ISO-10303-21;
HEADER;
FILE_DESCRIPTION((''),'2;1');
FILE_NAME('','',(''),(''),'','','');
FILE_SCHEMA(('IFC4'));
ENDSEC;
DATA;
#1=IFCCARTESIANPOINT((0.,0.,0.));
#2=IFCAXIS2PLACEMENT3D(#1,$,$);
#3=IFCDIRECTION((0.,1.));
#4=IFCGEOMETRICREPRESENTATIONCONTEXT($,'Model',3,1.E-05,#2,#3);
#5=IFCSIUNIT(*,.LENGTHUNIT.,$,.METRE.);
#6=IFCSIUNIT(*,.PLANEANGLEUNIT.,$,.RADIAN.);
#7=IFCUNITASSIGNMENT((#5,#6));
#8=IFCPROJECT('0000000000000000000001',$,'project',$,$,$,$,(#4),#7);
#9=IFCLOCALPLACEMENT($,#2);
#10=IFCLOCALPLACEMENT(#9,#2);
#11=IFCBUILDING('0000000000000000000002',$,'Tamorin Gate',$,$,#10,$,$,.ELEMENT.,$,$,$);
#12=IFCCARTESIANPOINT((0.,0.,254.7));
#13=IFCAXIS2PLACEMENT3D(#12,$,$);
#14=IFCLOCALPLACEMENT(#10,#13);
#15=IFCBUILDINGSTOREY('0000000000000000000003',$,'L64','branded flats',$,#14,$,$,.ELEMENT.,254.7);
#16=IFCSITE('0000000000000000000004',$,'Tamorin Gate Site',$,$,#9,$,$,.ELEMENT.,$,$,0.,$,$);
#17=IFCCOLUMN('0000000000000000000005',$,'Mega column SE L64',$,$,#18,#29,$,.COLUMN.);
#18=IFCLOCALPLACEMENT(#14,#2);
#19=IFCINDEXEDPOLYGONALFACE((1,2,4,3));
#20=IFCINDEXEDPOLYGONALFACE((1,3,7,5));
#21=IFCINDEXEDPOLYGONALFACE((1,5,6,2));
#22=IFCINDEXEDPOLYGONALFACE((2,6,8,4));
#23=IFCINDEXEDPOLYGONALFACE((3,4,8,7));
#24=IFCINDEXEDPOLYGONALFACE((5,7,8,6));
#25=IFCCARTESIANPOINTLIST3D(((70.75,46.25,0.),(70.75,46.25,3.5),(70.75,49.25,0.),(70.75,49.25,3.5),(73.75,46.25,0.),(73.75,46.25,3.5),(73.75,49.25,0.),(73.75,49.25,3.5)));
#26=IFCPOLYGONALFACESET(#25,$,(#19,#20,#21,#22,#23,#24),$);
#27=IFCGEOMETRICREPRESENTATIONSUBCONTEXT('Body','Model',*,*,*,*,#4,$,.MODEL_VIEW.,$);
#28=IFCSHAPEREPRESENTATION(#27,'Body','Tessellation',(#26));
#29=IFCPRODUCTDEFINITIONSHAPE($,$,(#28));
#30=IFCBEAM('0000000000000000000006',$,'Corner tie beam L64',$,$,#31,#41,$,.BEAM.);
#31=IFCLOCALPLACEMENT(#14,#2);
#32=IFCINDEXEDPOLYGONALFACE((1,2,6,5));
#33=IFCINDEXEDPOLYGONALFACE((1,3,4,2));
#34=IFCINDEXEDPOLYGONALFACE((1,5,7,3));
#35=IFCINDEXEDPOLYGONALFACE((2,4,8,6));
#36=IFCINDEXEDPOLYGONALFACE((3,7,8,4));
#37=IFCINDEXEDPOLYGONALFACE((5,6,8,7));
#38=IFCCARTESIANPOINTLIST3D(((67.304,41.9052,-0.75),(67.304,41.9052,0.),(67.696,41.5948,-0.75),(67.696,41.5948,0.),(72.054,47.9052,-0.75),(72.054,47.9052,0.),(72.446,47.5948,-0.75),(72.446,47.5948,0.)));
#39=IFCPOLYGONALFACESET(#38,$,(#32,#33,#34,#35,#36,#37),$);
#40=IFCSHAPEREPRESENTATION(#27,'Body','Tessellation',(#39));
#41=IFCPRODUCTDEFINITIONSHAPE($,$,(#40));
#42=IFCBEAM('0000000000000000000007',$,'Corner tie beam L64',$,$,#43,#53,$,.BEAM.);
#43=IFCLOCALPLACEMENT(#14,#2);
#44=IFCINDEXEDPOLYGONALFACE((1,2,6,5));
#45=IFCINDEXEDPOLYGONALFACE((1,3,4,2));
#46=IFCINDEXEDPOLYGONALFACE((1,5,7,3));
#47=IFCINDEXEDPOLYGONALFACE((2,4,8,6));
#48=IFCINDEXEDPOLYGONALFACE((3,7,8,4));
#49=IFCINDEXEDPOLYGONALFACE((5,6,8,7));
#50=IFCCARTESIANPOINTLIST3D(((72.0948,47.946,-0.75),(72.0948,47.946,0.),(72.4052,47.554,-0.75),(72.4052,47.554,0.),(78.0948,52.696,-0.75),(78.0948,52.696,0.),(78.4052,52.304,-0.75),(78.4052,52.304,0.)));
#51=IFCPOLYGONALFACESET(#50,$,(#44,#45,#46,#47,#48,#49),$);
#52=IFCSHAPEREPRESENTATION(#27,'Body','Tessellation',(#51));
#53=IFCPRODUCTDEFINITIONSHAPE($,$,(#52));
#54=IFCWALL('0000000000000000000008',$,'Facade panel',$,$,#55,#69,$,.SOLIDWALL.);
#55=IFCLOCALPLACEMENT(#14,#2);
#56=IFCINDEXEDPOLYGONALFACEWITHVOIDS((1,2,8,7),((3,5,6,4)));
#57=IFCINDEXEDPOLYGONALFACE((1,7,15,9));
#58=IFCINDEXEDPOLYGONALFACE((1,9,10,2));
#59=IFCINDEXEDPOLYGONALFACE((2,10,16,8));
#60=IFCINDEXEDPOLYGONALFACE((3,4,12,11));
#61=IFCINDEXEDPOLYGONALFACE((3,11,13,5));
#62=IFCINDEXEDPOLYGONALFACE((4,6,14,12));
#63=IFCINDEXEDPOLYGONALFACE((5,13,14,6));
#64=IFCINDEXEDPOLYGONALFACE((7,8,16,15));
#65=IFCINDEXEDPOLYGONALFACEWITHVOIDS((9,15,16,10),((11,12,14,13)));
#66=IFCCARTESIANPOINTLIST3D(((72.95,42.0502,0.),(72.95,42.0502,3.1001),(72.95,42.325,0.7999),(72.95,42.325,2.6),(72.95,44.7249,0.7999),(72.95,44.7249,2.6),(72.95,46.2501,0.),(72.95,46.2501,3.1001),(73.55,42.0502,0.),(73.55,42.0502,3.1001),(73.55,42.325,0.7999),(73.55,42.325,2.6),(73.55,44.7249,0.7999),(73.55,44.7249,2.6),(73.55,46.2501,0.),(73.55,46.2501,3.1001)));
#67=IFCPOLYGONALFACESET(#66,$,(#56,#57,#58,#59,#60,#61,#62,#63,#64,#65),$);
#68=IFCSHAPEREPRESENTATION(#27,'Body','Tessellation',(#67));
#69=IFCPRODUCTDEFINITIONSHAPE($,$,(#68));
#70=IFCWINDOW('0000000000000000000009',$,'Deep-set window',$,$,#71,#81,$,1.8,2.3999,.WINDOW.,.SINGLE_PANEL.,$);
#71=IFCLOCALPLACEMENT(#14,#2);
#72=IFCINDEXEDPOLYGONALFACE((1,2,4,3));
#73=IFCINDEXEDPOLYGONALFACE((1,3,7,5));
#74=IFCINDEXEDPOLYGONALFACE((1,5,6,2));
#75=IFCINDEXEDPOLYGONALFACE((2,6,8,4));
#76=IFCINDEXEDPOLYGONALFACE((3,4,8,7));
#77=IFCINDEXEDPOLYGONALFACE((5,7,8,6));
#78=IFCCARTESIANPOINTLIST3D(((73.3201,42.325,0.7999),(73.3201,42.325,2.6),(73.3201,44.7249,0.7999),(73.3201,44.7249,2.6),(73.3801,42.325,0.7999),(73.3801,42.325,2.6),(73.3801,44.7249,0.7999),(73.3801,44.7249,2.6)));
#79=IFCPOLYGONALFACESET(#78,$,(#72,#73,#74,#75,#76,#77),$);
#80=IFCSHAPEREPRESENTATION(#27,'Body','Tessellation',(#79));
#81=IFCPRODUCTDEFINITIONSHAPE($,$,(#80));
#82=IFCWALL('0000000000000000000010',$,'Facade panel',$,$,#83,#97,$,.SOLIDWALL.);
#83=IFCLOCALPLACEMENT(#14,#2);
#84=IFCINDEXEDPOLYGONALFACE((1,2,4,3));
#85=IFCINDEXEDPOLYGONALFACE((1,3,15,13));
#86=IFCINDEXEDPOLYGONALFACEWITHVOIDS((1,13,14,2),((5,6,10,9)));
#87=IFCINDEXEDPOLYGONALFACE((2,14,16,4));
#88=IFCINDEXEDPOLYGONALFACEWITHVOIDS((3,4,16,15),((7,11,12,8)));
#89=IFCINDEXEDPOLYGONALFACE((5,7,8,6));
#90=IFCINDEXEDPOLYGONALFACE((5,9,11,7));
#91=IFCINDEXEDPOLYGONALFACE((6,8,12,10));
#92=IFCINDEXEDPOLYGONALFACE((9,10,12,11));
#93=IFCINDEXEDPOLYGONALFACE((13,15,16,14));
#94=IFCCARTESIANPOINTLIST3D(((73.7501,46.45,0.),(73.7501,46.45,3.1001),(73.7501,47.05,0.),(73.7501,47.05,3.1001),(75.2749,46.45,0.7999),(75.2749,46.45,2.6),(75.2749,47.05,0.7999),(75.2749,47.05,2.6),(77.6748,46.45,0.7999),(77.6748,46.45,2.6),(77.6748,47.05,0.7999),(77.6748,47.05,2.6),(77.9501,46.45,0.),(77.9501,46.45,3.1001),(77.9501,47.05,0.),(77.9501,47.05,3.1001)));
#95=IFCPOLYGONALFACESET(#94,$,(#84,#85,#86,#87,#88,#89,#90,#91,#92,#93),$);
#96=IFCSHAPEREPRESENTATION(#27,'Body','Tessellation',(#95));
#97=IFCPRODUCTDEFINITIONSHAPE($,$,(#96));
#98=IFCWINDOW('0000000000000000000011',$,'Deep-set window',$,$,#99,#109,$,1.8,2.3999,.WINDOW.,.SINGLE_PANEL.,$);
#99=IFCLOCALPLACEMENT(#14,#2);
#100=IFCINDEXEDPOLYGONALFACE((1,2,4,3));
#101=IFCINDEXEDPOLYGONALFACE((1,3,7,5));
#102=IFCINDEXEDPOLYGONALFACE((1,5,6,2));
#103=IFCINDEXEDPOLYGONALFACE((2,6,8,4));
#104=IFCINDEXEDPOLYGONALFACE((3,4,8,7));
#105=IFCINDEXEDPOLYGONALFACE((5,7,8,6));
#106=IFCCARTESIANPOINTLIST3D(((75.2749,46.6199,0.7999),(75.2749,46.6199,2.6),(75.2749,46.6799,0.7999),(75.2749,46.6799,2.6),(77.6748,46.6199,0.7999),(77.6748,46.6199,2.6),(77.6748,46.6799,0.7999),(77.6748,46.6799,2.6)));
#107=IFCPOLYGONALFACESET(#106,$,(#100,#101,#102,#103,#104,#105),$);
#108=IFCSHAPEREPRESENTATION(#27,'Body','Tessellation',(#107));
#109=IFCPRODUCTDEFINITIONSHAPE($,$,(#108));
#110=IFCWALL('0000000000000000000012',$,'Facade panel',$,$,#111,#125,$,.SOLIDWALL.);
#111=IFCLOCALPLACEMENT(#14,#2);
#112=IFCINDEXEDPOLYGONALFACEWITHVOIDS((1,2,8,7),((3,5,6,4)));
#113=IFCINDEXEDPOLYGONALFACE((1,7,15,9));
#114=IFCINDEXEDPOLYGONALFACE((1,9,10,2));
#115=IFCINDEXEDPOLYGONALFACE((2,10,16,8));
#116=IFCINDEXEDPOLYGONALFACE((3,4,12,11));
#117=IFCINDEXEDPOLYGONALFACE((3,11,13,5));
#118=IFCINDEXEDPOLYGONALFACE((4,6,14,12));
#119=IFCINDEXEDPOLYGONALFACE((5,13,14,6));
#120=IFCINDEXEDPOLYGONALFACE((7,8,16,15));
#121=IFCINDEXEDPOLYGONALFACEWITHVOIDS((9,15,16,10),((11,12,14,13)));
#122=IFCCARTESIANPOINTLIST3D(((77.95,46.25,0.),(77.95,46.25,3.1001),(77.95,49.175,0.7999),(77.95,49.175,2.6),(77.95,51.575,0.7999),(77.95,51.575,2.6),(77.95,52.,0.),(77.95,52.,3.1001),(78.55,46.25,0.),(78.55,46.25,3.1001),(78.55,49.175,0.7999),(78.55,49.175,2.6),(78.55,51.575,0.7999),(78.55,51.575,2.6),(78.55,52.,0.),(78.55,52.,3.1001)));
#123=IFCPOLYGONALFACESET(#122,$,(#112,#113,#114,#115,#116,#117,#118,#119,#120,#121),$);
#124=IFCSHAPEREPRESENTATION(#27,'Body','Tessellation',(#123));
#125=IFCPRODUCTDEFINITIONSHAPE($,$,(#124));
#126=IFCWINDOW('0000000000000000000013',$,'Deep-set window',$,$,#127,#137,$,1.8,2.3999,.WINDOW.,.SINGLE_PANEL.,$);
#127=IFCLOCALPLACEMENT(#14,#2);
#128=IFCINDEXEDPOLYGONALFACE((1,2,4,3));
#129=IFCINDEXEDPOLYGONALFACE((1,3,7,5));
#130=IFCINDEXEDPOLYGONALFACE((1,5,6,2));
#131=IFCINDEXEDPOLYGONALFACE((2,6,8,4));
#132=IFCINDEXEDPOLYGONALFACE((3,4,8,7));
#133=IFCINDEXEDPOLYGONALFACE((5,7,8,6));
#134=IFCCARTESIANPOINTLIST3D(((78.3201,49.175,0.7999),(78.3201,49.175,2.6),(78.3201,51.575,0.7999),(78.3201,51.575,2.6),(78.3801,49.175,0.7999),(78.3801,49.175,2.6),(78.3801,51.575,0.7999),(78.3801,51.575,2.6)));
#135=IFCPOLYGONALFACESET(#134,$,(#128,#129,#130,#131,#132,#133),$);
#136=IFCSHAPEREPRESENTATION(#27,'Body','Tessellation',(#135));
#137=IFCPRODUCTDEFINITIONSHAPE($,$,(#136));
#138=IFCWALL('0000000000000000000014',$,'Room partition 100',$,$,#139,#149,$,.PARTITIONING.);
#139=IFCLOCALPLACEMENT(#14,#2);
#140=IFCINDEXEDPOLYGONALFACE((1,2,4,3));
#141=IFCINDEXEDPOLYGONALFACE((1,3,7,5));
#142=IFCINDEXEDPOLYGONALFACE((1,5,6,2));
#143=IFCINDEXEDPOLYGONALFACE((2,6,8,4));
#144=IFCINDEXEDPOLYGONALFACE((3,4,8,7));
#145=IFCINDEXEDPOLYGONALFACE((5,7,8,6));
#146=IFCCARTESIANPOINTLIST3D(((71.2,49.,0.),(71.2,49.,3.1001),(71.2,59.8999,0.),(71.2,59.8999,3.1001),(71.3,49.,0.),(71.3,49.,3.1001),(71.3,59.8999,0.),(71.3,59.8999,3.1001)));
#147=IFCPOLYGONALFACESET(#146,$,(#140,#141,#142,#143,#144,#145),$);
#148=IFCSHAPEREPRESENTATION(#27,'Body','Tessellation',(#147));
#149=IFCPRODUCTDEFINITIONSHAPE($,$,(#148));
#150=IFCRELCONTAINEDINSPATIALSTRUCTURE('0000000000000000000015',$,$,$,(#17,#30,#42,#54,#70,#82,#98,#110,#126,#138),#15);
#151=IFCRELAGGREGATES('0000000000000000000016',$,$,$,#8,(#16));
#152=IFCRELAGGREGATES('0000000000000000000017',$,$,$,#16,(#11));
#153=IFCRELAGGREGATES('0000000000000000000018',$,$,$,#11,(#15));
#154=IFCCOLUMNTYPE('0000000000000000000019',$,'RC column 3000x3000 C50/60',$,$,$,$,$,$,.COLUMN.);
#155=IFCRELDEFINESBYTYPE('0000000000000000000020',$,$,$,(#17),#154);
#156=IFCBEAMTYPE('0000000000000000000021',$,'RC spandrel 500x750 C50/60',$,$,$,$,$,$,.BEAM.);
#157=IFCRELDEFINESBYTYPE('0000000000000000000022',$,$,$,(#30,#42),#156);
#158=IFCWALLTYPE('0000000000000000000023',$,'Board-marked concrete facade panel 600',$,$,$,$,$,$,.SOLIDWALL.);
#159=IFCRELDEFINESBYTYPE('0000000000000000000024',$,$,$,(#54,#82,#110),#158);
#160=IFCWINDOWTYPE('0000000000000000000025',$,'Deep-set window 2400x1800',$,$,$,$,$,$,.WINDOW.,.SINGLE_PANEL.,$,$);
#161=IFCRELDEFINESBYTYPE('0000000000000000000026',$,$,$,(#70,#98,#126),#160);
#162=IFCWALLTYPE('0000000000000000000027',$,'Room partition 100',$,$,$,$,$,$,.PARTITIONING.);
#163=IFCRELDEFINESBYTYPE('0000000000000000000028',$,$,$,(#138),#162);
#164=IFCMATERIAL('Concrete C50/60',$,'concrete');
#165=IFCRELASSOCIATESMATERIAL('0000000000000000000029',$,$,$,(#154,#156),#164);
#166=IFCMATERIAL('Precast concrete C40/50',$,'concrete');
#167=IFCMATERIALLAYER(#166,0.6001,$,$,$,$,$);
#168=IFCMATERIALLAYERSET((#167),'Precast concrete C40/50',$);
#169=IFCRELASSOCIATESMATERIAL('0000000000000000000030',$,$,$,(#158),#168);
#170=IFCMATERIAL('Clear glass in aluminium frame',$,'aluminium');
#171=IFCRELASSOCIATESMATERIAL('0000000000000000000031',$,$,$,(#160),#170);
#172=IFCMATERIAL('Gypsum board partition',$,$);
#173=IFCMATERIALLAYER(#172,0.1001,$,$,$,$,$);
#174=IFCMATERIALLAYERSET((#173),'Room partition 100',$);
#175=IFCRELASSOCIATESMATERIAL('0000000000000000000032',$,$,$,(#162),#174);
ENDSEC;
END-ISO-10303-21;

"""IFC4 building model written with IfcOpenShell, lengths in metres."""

from ifc_helpers import new_model, si_unit, direction, frame, frame_2d, origin, origin_2d, place, context, subcontext, project, spatial, rectangle, extrude, material, layer, layer_set, material_profile, profile_set, type_object, element, fill, save


model = new_model("IFC4")

# Units and contexts
model_context = context("Model", 3, precision=1e-05, world=origin(), true_north=direction((0.0, 1.0)))
body_context = subcontext(model_context, "Body", "Model", "MODEL_VIEW")
ifc_project = project(units=[si_unit("LENGTHUNIT", "METRE"), si_unit("PLANEANGLEUNIT", "RADIAN")], contexts=[model_context])

# Site, building, storey
site_placement = place(None, origin())
site = spatial("IfcSite", under=ifc_project, at=site_placement, Name="Tamorin Gate Site", CompositionType="ELEMENT", RefElevation=0.0)
building_placement = place(site_placement, origin())
building = spatial("IfcBuilding", under=site, at=building_placement, Name="Tamorin Gate", CompositionType="ELEMENT")
storey_placement = place(building_placement, frame((0.0, 0.0, 254.7)))
storey = spatial("IfcBuildingStorey", under=building, at=storey_placement, Name="L64", Description="branded flats", CompositionType="ELEMENT", Elevation=254.7)

# Column
ifc_material_1 = material(Name="Concrete C50/60", Category="concrete")
ifc_material_profile_1 = material_profile(ifc_material_1, rectangle(XDim=3.0, YDim=3.0, at=origin_2d()), Name="RC 3000x3000")
ifc_profile_set_1 = profile_set([ifc_material_profile_1], Name="Concrete C50/60")
column_type = type_object("IfcColumnType", Name="RC column 3000x3000 C50/60", PredefinedType="COLUMN", material=ifc_profile_set_1)
column_placement = place(storey_placement, frame((72.25, 47.75, 0.0), z_axis=(0.0, 0.0, 1.0), x_axis=(1.0, 0.0, 0.0)))
element("IfcColumn", 1, at=column_placement, inside=storey, type_object=column_type, Name="Mega column SE L64", PredefinedType="COLUMN", context=body_context, shape_type="SweptSolid", body=[
    extrude(rectangle(XDim=3.0, YDim=3.0, at=origin_2d()), origin(), (0.0, 0.0, 1.0), 3.5),
])

# Beams
ifc_material_profile_2 = material_profile(ifc_material_1, rectangle(XDim=0.5, YDim=0.75, at=origin_2d()), Name="RC 500x750")
ifc_profile_set_2 = profile_set([ifc_material_profile_2], Name="Concrete C50/60")
beam_type = type_object("IfcBeamType", Name="RC spandrel 500x750 C50/60", PredefinedType="BEAM", material=ifc_profile_set_2)
for number, where, z_axis, x_axis, name in (
    (2, (72.25, 47.75, -0.375), (-0.620703, -0.784046, 0.0), (0.784046, -0.620703, 0.0), "Corner tie beam L64"),
    (3, (72.25, 47.75, -0.375), (0.784046, 0.620703, 0.0), (-0.620703, 0.784046, 0.0), "Corner tie beam L64"),
):
    element("IfcBeam", number, at=place(storey_placement, frame(where, z_axis=z_axis, x_axis=x_axis)), inside=storey, type_object=beam_type, Name=name, PredefinedType="BEAM", context=body_context, shape_type="SweptSolid", body=[
        extrude(rectangle(XDim=0.5, YDim=0.75, at=origin_2d()), origin(), (0.0, 0.0, 1.0), 7.6526),
    ])

# Walls, openings, windows
ifc_material_2 = material(Name="Precast concrete C40/50", Category="concrete")
ifc_layer_1 = layer(ifc_material_2, 0.6001)
ifc_layer_set_1 = layer_set([ifc_layer_1], Name="Precast concrete C40/50")
wall_type_1 = type_object("IfcWallType", Name="Board-marked concrete facade panel 600", PredefinedType="SOLIDWALL", material=ifc_layer_set_1)
wall_1_placement = place(storey_placement, frame((73.25, 42.05, 0.0), z_axis=(0.0, 0.0, 1.0), x_axis=(0.0, 1.0, 0.0)))
wall_1 = element("IfcWall", 4, at=wall_1_placement, inside=storey, type_object=wall_type_1, Name="Facade panel", PredefinedType="SOLIDWALL", context=body_context, shape_type="SweptSolid", body=[
    extrude(rectangle(XDim=4.2, YDim=0.6001, at=frame_2d((2.1001, 0.0))), origin(), (0.0, 0.0, 1.0), 3.1001),
])
opening_1_placement = place(wall_1_placement, frame((0.2749, 0.0, 0.8)))
opening_1 = element("IfcOpeningElement", 5, at=opening_1_placement, cuts=wall_1, PredefinedType="OPENING", context=body_context, shape_type="SweptSolid", body=[
    extrude(rectangle(XDim=2.3999, YDim=1.8, at=frame_2d((1.2, 0.8999))), frame((0.0, 0.3101, 0.0), z_axis=(0.0, -1.0, 0.0), x_axis=(1.0, 0.0, 0.0)), (0.0, 0.0, 1.0), 0.6201),
])
ifc_material_3 = material(Name="Clear glass in aluminium frame", Category="aluminium")
window_type = type_object("IfcWindowType", Name="Deep-set window 2400x1800", PartitioningType="SINGLE_PANEL", PredefinedType="WINDOW", material=ifc_material_3)
window_1_placement = place(opening_1_placement, origin())
window_1 = element("IfcWindow", 6, at=window_1_placement, inside=storey, type_object=window_type, Name="Deep-set window", OverallHeight=1.8, OverallWidth=2.3999, PartitioningType="SINGLE_PANEL", PredefinedType="WINDOW", context=body_context, shape_type="SweptSolid", body=[
    extrude(rectangle(XDim=2.3999, YDim=1.8, at=frame_2d((1.2, 0.8999))), frame((0.0, -0.0701, 0.0), z_axis=(0.0, -1.0, 0.0), x_axis=(1.0, 0.0, 0.0)), (0.0, 0.0, 1.0), 0.0601),
])
fill(opening_1, window_1)
wall_2_placement = place(storey_placement, frame((73.75, 46.75, 0.0), z_axis=(0.0, 0.0, 1.0), x_axis=(1.0, 0.0, 0.0)))
wall_2 = element("IfcWall", 7, at=wall_2_placement, inside=storey, type_object=wall_type_1, Name="Facade panel", PredefinedType="SOLIDWALL", context=body_context, shape_type="SweptSolid", body=[
    extrude(rectangle(XDim=4.2, YDim=0.6001, at=frame_2d((2.1001, 0.0))), origin(), (0.0, 0.0, 1.0), 3.1001),
])
opening_2_placement = place(wall_2_placement, frame((1.5249, 0.0, 0.8)))
opening_2 = element("IfcOpeningElement", 8, at=opening_2_placement, cuts=wall_2, PredefinedType="OPENING", context=body_context, shape_type="SweptSolid", body=[
    extrude(rectangle(XDim=2.3999, YDim=1.8, at=frame_2d((1.2, 0.8999))), frame((0.0, 0.3101, 0.0), z_axis=(0.0, -1.0, 0.0), x_axis=(1.0, 0.0, 0.0)), (0.0, 0.0, 1.0), 0.6201),
])
window_2_placement = place(opening_2_placement, origin())
window_2 = element("IfcWindow", 9, at=window_2_placement, inside=storey, type_object=window_type, Name="Deep-set window", OverallHeight=1.8, OverallWidth=2.3999, PartitioningType="SINGLE_PANEL", PredefinedType="WINDOW", context=body_context, shape_type="SweptSolid", body=[
    extrude(rectangle(XDim=2.3999, YDim=1.8, at=frame_2d((1.2, 0.8999))), frame((0.0, -0.0701, 0.0), z_axis=(0.0, -1.0, 0.0), x_axis=(1.0, 0.0, 0.0)), (0.0, 0.0, 1.0), 0.0601),
])
fill(opening_2, window_2)
wall_3_placement = place(storey_placement, frame((78.25, 46.25, 0.0), z_axis=(0.0, 0.0, 1.0), x_axis=(0.0, 1.0, 0.0)))
wall_3 = element("IfcWall", 10, at=wall_3_placement, inside=storey, type_object=wall_type_1, Name="Facade panel", PredefinedType="SOLIDWALL", context=body_context, shape_type="SweptSolid", body=[
    extrude(rectangle(XDim=5.75, YDim=0.6001, at=frame_2d((2.875, 0.0))), origin(), (0.0, 0.0, 1.0), 3.1001),
])
opening_3_placement = place(wall_3_placement, frame((2.925, 0.0, 0.8)))
opening_3 = element("IfcOpeningElement", 11, at=opening_3_placement, cuts=wall_3, PredefinedType="OPENING", context=body_context, shape_type="SweptSolid", body=[
    extrude(rectangle(XDim=2.3999, YDim=1.8, at=frame_2d((1.2, 0.8999))), frame((0.0, 0.3101, 0.0), z_axis=(0.0, -1.0, 0.0), x_axis=(1.0, 0.0, 0.0)), (0.0, 0.0, 1.0), 0.6201),
])
window_3_placement = place(opening_3_placement, origin())
window_3 = element("IfcWindow", 12, at=window_3_placement, inside=storey, type_object=window_type, Name="Deep-set window", OverallHeight=1.8, OverallWidth=2.3999, PartitioningType="SINGLE_PANEL", PredefinedType="WINDOW", context=body_context, shape_type="SweptSolid", body=[
    extrude(rectangle(XDim=2.3999, YDim=1.8, at=frame_2d((1.2, 0.8999))), frame((0.0, -0.0701, 0.0), z_axis=(0.0, -1.0, 0.0), x_axis=(1.0, 0.0, 0.0)), (0.0, 0.0, 1.0), 0.0601),
])
fill(opening_3, window_3)

# Wall
ifc_material_4 = material(Name="Gypsum board partition")
ifc_layer_2 = layer(ifc_material_4, 0.1001)
ifc_layer_set_2 = layer_set([ifc_layer_2], Name="Room partition 100")
wall_type_2 = type_object("IfcWallType", Name="Room partition 100", PredefinedType="PARTITIONING", material=ifc_layer_set_2)
wall_4_placement = place(storey_placement, frame((71.25, 49.0, 0.0), z_axis=(0.0, 0.0, 1.0), x_axis=(0.0, 1.0, 0.0)))
element("IfcWall", 13, at=wall_4_placement, inside=storey, type_object=wall_type_2, Name="Room partition 100", PredefinedType="PARTITIONING", context=body_context, shape_type="SweptSolid", body=[
    extrude(rectangle(XDim=10.8999, YDim=0.1001, at=frame_2d((5.45, 0.0))), origin(), (0.0, 0.0, 1.0), 3.1001),
])

save(model, "model.ifc")
